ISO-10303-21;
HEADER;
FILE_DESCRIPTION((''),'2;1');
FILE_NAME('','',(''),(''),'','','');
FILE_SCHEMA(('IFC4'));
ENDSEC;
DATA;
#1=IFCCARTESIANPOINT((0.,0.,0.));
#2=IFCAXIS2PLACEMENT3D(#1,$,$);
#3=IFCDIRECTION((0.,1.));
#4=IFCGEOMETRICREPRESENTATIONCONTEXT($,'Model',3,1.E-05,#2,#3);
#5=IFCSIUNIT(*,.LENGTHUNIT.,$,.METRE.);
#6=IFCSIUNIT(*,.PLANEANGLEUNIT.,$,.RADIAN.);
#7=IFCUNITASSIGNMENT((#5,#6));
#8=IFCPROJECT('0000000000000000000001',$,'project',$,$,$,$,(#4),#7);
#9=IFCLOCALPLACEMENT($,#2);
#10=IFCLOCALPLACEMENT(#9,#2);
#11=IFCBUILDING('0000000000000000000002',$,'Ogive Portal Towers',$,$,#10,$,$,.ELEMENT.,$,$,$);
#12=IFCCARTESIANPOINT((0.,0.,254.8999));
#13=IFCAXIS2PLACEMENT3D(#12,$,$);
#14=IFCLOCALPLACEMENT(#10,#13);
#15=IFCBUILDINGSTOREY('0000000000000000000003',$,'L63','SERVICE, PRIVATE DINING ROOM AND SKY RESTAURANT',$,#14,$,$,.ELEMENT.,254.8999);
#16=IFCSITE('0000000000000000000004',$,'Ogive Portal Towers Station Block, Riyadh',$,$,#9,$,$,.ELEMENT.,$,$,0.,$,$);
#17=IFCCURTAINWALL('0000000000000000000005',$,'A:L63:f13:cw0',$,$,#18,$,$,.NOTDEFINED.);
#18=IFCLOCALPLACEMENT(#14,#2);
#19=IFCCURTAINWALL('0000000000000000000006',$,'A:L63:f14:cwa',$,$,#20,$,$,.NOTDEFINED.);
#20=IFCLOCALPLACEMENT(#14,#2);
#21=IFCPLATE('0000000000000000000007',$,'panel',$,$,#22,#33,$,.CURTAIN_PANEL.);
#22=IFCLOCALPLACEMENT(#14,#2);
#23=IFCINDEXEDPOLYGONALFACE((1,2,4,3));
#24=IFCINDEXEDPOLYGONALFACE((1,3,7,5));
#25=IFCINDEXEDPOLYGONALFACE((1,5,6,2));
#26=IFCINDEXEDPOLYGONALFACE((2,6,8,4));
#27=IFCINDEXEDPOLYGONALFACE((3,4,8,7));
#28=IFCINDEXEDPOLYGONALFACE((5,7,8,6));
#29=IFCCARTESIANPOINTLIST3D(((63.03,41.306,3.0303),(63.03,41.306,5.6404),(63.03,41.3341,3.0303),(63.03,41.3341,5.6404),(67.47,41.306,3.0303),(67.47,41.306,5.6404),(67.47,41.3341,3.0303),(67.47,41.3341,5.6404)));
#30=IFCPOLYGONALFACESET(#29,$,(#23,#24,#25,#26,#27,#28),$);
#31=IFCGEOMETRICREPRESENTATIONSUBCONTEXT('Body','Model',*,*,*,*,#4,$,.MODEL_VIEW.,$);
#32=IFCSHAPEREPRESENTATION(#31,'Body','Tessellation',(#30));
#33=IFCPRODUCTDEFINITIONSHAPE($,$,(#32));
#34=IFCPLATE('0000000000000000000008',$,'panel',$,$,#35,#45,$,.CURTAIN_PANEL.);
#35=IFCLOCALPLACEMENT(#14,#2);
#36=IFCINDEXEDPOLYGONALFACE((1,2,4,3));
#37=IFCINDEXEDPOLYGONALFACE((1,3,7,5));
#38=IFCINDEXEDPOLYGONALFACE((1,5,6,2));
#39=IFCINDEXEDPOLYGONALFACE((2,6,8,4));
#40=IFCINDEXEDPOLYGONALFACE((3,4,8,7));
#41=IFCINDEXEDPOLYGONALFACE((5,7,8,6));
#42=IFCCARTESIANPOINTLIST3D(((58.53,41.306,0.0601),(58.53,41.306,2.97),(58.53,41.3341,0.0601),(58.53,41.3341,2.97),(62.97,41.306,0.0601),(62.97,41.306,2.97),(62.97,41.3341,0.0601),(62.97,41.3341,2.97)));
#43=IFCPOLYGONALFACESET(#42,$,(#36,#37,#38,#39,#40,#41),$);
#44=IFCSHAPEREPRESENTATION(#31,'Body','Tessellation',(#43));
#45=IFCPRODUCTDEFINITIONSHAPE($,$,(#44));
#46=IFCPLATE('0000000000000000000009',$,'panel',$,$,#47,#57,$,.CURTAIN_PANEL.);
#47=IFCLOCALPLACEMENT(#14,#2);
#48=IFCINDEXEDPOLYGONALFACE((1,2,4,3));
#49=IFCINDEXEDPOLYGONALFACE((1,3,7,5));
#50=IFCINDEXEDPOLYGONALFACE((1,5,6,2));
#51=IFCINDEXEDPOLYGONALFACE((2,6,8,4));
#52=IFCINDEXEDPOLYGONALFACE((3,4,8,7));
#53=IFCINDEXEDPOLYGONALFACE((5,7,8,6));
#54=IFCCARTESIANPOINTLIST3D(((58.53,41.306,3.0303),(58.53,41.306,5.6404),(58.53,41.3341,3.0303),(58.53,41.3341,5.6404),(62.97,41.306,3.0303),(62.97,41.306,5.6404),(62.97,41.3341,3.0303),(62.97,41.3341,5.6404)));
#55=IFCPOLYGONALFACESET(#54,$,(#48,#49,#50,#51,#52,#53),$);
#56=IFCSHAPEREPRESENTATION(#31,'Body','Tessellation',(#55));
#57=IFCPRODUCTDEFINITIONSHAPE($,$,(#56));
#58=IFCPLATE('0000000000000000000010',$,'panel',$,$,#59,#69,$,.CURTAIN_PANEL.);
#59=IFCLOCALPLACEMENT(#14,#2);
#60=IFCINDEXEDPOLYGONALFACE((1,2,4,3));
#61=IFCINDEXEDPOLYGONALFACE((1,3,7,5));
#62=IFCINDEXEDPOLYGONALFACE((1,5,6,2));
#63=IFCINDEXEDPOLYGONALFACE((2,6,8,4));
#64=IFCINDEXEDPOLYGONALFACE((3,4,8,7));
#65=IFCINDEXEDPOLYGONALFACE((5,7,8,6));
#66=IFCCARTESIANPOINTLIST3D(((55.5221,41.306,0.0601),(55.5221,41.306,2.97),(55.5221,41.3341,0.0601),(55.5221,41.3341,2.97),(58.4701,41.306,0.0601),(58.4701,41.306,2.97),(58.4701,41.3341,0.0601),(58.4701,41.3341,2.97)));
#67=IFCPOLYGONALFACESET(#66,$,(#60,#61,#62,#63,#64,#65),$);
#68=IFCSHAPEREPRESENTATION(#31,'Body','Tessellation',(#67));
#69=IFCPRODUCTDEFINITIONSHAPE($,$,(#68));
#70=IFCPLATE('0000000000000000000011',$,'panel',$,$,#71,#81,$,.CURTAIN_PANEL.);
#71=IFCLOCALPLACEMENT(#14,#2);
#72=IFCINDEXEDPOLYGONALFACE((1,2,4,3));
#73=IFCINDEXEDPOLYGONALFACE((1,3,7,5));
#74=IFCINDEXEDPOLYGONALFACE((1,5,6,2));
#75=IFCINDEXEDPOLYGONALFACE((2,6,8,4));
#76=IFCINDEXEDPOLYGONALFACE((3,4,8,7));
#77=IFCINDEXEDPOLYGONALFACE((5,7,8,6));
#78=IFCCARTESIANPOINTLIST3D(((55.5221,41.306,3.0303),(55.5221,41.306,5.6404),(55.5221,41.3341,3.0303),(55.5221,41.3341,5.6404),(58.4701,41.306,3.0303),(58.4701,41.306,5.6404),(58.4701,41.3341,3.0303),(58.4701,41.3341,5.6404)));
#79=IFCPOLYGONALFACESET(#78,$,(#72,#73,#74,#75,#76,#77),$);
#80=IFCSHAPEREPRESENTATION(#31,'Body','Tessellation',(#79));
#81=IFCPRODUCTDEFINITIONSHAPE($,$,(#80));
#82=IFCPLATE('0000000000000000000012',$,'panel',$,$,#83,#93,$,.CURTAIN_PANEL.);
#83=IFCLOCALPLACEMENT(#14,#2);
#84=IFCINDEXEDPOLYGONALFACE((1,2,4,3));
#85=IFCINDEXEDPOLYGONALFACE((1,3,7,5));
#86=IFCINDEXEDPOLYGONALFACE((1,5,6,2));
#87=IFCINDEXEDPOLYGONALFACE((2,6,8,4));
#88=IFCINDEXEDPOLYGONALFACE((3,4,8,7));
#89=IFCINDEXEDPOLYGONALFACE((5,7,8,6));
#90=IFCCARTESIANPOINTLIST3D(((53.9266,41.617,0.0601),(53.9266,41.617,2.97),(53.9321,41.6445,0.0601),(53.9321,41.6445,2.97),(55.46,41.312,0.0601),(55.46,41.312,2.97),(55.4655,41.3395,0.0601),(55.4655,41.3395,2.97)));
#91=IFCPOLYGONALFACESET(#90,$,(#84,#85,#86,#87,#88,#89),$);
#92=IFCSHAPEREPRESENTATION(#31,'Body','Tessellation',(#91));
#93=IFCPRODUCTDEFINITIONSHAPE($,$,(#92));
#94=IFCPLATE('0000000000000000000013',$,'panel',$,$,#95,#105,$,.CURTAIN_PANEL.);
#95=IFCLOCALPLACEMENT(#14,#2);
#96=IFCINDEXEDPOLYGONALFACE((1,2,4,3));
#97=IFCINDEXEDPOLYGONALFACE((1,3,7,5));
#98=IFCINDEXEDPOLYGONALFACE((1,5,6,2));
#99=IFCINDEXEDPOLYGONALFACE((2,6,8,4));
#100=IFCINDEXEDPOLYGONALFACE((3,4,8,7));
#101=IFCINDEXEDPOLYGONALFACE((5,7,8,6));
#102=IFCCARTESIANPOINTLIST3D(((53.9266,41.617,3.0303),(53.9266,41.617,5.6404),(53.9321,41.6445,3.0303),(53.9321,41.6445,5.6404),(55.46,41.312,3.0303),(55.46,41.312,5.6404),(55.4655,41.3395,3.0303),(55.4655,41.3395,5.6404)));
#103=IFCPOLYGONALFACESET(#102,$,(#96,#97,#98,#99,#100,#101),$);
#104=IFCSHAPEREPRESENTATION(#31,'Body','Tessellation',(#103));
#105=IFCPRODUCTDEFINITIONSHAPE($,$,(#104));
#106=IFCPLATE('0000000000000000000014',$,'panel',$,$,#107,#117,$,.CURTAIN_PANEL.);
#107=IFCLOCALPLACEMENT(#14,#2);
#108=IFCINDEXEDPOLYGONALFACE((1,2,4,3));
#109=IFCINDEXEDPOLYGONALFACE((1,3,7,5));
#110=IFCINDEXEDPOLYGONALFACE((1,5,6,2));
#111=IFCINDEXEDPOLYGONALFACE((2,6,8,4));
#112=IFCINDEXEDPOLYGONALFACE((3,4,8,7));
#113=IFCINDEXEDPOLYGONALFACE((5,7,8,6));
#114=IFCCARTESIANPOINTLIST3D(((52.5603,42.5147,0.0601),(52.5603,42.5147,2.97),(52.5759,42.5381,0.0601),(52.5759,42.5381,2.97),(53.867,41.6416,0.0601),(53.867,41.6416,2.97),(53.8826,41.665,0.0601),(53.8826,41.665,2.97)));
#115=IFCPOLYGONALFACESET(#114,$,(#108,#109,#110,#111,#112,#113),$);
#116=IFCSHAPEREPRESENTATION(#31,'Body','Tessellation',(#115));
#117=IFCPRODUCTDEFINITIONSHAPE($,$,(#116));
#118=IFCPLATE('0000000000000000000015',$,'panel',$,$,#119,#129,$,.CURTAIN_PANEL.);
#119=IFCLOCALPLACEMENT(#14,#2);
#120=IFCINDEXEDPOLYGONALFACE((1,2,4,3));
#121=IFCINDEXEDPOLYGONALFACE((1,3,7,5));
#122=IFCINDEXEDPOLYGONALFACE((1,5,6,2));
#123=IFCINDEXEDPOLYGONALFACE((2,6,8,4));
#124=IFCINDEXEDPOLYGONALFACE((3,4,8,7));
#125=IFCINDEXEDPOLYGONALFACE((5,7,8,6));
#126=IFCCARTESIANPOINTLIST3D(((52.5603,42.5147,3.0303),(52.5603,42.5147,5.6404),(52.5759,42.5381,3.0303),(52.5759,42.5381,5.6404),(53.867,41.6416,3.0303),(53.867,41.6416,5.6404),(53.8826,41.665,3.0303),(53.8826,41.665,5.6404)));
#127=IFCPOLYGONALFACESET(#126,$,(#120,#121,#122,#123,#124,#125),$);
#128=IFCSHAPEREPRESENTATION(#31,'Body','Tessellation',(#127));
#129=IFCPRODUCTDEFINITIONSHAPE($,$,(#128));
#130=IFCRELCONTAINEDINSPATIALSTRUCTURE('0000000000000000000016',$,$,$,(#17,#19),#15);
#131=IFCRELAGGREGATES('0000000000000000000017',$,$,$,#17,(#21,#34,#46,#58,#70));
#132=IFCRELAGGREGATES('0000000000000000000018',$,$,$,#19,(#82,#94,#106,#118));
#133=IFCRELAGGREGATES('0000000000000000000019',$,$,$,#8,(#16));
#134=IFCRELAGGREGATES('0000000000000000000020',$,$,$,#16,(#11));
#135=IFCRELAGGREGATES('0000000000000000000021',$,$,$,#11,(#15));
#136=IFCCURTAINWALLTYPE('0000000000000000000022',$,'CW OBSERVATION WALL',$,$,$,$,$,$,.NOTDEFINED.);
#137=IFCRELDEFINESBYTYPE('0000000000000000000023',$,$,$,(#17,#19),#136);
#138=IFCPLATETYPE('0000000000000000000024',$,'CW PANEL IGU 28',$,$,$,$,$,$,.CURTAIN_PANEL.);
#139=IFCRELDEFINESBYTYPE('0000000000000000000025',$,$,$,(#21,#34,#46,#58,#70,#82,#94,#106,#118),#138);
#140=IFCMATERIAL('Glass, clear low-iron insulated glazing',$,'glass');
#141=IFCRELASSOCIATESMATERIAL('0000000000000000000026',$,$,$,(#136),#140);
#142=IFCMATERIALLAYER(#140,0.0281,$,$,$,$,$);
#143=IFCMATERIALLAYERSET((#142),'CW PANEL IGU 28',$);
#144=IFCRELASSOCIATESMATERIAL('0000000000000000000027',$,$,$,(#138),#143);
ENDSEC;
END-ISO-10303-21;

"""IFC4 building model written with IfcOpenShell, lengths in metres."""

from ifc_helpers import new_model, si_unit, direction, frame, origin, origin_2d, place, context, subcontext, project, spatial, rectangle, extrude, material, layer, layer_set, type_object, element, aggregate, save


model = new_model("IFC4")

# Units and contexts
model_context = context("Model", 3, precision=1e-05, world=origin(), true_north=direction((0.0, 1.0)))
body_context = subcontext(model_context, "Body", "Model", "MODEL_VIEW")
ifc_project = project(units=[si_unit("LENGTHUNIT", "METRE"), si_unit("PLANEANGLEUNIT", "RADIAN")], contexts=[model_context])

# Site, building, storey
site_placement = place(None, origin())
site = spatial("IfcSite", under=ifc_project, at=site_placement, Name="Ogive Portal Towers Station Block, Riyadh", CompositionType="ELEMENT", RefElevation=0.0)
building_placement = place(site_placement, origin())
building = spatial("IfcBuilding", under=site, at=building_placement, Name="Ogive Portal Towers", CompositionType="ELEMENT")
storey_placement = place(building_placement, frame((0.0, 0.0, 254.8999)))
storey = spatial("IfcBuildingStorey", under=building, at=storey_placement, Name="L63", Description="SERVICE, PRIVATE DINING ROOM AND SKY RESTAURANT", CompositionType="ELEMENT", Elevation=254.8999)

# Curtain walls
ifc_material_1 = material(Name="Glass, clear low-iron insulated glazing", Category="glass")
curtain_wall_type = type_object("IfcCurtainWallType", Name="CW OBSERVATION WALL", PredefinedType="NOTDEFINED", material=ifc_material_1)
curtain_wall_1_placement = place(storey_placement, origin())
curtain_wall_1 = element("IfcCurtainWall", 1, at=curtain_wall_1_placement, inside=storey, type_object=curtain_wall_type, Name="A:L63:f13:cw0", PredefinedType="NOTDEFINED")
curtain_wall_2_placement = place(storey_placement, origin())
curtain_wall_2 = element("IfcCurtainWall", 2, at=curtain_wall_2_placement, inside=storey, type_object=curtain_wall_type, Name="A:L63:f14:cwa", PredefinedType="NOTDEFINED")

# Plates
ifc_layer = layer(ifc_material_1, 0.0281)
ifc_layer_set = layer_set([ifc_layer], Name="CW PANEL IGU 28")
plate_type = type_object("IfcPlateType", Name="CW PANEL IGU 28", PredefinedType="CURTAIN_PANEL", material=ifc_layer_set)
plate_1_placement = place(storey_placement, frame((65.25, 41.3201, 3.0303), z_axis=(0.0, 0.0, 1.0), x_axis=(-1.0, 0.0, 0.0)))
plate_1 = element("IfcPlate", 3, at=plate_1_placement, type_object=plate_type, Name="panel", PredefinedType="CURTAIN_PANEL", context=body_context, shape_type="SweptSolid", body=[
    extrude(rectangle(XDim=4.4399, YDim=0.0281, at=origin_2d()), origin(), (0.0, 0.0, 1.0), 2.6101),
])
plate_2_placement = place(storey_placement, frame((60.75, 41.3201, 0.0601), z_axis=(0.0, 0.0, 1.0), x_axis=(-1.0, 0.0, 0.0)))
plate_2 = element("IfcPlate", 4, at=plate_2_placement, type_object=plate_type, Name="panel", PredefinedType="CURTAIN_PANEL", context=body_context, shape_type="SweptSolid", body=[
    extrude(rectangle(XDim=4.4399, YDim=0.0281, at=origin_2d()), origin(), (0.0, 0.0, 1.0), 2.9099),
])
plate_3_placement = place(storey_placement, frame((60.75, 41.3201, 3.0303), z_axis=(0.0, 0.0, 1.0), x_axis=(-1.0, 0.0, 0.0)))
plate_3 = element("IfcPlate", 5, at=plate_3_placement, type_object=plate_type, Name="panel", PredefinedType="CURTAIN_PANEL", context=body_context, shape_type="SweptSolid", body=[
    extrude(rectangle(XDim=4.4399, YDim=0.0281, at=origin_2d()), origin(), (0.0, 0.0, 1.0), 2.6101),
])
plate_4_placement = place(storey_placement, frame((56.9961, 41.3201, 0.0601), z_axis=(0.0, 0.0, 1.0), x_axis=(-1.0, 0.0, 0.0)))
plate_4 = element("IfcPlate", 6, at=plate_4_placement, type_object=plate_type, Name="panel", PredefinedType="CURTAIN_PANEL", context=body_context, shape_type="SweptSolid", body=[
    extrude(rectangle(XDim=2.948, YDim=0.0281, at=origin_2d()), origin(), (0.0, 0.0, 1.0), 2.9099),
])
plate_5_placement = place(storey_placement, frame((56.9961, 41.3201, 3.0303), z_axis=(0.0, 0.0, 1.0), x_axis=(-1.0, 0.0, 0.0)))
plate_5 = element("IfcPlate", 7, at=plate_5_placement, type_object=plate_type, Name="panel", PredefinedType="CURTAIN_PANEL", context=body_context, shape_type="SweptSolid", body=[
    extrude(rectangle(XDim=2.948, YDim=0.0281, at=origin_2d()), origin(), (0.0, 0.0, 1.0), 2.6101),
])
aggregate(curtain_wall_1, [plate_1, plate_2, plate_3, plate_4, plate_5])
plate_6_placement = place(storey_placement, frame((54.696, 41.4783, 0.0601), z_axis=(0.0, 0.0, 1.0), x_axis=(-0.980785, 0.19509, 0.0)))
plate_6 = element("IfcPlate", 8, at=plate_6_placement, type_object=plate_type, Name="panel", PredefinedType="CURTAIN_PANEL", context=body_context, shape_type="SweptSolid", body=[
    extrude(rectangle(XDim=1.5635, YDim=0.0281, at=origin_2d()), origin(), (0.0, 0.0, 1.0), 2.9099),
])
plate_7_placement = place(storey_placement, frame((54.696, 41.4783, 3.0303), z_axis=(0.0, 0.0, 1.0), x_axis=(-0.980785, 0.19509, 0.0)))
plate_7 = element("IfcPlate", 9, at=plate_7_placement, type_object=plate_type, Name="panel", PredefinedType="CURTAIN_PANEL", context=body_context, shape_type="SweptSolid", body=[
    extrude(rectangle(XDim=1.5635, YDim=0.0281, at=origin_2d()), origin(), (0.0, 0.0, 1.0), 2.6101),
])
plate_8_placement = place(storey_placement, frame((53.2214, 42.0898, 0.0601), z_axis=(0.0, 0.0, 1.0), x_axis=(-0.83147, 0.55557, 0.0)))
plate_8 = element("IfcPlate", 10, at=plate_8_placement, type_object=plate_type, Name="panel", PredefinedType="CURTAIN_PANEL", context=body_context, shape_type="SweptSolid", body=[
    extrude(rectangle(XDim=1.5715, YDim=0.0281, at=origin_2d()), origin(), (0.0, 0.0, 1.0), 2.9099),
])
plate_9_placement = place(storey_placement, frame((53.2214, 42.0898, 3.0303), z_axis=(0.0, 0.0, 1.0), x_axis=(-0.83147, 0.55557, 0.0)))
plate_9 = element("IfcPlate", 11, at=plate_9_placement, type_object=plate_type, Name="panel", PredefinedType="CURTAIN_PANEL", context=body_context, shape_type="SweptSolid", body=[
    extrude(rectangle(XDim=1.5715, YDim=0.0281, at=origin_2d()), origin(), (0.0, 0.0, 1.0), 2.6101),
])
aggregate(curtain_wall_2, [plate_6, plate_7, plate_8, plate_9])

save(model, "model.ifc")
